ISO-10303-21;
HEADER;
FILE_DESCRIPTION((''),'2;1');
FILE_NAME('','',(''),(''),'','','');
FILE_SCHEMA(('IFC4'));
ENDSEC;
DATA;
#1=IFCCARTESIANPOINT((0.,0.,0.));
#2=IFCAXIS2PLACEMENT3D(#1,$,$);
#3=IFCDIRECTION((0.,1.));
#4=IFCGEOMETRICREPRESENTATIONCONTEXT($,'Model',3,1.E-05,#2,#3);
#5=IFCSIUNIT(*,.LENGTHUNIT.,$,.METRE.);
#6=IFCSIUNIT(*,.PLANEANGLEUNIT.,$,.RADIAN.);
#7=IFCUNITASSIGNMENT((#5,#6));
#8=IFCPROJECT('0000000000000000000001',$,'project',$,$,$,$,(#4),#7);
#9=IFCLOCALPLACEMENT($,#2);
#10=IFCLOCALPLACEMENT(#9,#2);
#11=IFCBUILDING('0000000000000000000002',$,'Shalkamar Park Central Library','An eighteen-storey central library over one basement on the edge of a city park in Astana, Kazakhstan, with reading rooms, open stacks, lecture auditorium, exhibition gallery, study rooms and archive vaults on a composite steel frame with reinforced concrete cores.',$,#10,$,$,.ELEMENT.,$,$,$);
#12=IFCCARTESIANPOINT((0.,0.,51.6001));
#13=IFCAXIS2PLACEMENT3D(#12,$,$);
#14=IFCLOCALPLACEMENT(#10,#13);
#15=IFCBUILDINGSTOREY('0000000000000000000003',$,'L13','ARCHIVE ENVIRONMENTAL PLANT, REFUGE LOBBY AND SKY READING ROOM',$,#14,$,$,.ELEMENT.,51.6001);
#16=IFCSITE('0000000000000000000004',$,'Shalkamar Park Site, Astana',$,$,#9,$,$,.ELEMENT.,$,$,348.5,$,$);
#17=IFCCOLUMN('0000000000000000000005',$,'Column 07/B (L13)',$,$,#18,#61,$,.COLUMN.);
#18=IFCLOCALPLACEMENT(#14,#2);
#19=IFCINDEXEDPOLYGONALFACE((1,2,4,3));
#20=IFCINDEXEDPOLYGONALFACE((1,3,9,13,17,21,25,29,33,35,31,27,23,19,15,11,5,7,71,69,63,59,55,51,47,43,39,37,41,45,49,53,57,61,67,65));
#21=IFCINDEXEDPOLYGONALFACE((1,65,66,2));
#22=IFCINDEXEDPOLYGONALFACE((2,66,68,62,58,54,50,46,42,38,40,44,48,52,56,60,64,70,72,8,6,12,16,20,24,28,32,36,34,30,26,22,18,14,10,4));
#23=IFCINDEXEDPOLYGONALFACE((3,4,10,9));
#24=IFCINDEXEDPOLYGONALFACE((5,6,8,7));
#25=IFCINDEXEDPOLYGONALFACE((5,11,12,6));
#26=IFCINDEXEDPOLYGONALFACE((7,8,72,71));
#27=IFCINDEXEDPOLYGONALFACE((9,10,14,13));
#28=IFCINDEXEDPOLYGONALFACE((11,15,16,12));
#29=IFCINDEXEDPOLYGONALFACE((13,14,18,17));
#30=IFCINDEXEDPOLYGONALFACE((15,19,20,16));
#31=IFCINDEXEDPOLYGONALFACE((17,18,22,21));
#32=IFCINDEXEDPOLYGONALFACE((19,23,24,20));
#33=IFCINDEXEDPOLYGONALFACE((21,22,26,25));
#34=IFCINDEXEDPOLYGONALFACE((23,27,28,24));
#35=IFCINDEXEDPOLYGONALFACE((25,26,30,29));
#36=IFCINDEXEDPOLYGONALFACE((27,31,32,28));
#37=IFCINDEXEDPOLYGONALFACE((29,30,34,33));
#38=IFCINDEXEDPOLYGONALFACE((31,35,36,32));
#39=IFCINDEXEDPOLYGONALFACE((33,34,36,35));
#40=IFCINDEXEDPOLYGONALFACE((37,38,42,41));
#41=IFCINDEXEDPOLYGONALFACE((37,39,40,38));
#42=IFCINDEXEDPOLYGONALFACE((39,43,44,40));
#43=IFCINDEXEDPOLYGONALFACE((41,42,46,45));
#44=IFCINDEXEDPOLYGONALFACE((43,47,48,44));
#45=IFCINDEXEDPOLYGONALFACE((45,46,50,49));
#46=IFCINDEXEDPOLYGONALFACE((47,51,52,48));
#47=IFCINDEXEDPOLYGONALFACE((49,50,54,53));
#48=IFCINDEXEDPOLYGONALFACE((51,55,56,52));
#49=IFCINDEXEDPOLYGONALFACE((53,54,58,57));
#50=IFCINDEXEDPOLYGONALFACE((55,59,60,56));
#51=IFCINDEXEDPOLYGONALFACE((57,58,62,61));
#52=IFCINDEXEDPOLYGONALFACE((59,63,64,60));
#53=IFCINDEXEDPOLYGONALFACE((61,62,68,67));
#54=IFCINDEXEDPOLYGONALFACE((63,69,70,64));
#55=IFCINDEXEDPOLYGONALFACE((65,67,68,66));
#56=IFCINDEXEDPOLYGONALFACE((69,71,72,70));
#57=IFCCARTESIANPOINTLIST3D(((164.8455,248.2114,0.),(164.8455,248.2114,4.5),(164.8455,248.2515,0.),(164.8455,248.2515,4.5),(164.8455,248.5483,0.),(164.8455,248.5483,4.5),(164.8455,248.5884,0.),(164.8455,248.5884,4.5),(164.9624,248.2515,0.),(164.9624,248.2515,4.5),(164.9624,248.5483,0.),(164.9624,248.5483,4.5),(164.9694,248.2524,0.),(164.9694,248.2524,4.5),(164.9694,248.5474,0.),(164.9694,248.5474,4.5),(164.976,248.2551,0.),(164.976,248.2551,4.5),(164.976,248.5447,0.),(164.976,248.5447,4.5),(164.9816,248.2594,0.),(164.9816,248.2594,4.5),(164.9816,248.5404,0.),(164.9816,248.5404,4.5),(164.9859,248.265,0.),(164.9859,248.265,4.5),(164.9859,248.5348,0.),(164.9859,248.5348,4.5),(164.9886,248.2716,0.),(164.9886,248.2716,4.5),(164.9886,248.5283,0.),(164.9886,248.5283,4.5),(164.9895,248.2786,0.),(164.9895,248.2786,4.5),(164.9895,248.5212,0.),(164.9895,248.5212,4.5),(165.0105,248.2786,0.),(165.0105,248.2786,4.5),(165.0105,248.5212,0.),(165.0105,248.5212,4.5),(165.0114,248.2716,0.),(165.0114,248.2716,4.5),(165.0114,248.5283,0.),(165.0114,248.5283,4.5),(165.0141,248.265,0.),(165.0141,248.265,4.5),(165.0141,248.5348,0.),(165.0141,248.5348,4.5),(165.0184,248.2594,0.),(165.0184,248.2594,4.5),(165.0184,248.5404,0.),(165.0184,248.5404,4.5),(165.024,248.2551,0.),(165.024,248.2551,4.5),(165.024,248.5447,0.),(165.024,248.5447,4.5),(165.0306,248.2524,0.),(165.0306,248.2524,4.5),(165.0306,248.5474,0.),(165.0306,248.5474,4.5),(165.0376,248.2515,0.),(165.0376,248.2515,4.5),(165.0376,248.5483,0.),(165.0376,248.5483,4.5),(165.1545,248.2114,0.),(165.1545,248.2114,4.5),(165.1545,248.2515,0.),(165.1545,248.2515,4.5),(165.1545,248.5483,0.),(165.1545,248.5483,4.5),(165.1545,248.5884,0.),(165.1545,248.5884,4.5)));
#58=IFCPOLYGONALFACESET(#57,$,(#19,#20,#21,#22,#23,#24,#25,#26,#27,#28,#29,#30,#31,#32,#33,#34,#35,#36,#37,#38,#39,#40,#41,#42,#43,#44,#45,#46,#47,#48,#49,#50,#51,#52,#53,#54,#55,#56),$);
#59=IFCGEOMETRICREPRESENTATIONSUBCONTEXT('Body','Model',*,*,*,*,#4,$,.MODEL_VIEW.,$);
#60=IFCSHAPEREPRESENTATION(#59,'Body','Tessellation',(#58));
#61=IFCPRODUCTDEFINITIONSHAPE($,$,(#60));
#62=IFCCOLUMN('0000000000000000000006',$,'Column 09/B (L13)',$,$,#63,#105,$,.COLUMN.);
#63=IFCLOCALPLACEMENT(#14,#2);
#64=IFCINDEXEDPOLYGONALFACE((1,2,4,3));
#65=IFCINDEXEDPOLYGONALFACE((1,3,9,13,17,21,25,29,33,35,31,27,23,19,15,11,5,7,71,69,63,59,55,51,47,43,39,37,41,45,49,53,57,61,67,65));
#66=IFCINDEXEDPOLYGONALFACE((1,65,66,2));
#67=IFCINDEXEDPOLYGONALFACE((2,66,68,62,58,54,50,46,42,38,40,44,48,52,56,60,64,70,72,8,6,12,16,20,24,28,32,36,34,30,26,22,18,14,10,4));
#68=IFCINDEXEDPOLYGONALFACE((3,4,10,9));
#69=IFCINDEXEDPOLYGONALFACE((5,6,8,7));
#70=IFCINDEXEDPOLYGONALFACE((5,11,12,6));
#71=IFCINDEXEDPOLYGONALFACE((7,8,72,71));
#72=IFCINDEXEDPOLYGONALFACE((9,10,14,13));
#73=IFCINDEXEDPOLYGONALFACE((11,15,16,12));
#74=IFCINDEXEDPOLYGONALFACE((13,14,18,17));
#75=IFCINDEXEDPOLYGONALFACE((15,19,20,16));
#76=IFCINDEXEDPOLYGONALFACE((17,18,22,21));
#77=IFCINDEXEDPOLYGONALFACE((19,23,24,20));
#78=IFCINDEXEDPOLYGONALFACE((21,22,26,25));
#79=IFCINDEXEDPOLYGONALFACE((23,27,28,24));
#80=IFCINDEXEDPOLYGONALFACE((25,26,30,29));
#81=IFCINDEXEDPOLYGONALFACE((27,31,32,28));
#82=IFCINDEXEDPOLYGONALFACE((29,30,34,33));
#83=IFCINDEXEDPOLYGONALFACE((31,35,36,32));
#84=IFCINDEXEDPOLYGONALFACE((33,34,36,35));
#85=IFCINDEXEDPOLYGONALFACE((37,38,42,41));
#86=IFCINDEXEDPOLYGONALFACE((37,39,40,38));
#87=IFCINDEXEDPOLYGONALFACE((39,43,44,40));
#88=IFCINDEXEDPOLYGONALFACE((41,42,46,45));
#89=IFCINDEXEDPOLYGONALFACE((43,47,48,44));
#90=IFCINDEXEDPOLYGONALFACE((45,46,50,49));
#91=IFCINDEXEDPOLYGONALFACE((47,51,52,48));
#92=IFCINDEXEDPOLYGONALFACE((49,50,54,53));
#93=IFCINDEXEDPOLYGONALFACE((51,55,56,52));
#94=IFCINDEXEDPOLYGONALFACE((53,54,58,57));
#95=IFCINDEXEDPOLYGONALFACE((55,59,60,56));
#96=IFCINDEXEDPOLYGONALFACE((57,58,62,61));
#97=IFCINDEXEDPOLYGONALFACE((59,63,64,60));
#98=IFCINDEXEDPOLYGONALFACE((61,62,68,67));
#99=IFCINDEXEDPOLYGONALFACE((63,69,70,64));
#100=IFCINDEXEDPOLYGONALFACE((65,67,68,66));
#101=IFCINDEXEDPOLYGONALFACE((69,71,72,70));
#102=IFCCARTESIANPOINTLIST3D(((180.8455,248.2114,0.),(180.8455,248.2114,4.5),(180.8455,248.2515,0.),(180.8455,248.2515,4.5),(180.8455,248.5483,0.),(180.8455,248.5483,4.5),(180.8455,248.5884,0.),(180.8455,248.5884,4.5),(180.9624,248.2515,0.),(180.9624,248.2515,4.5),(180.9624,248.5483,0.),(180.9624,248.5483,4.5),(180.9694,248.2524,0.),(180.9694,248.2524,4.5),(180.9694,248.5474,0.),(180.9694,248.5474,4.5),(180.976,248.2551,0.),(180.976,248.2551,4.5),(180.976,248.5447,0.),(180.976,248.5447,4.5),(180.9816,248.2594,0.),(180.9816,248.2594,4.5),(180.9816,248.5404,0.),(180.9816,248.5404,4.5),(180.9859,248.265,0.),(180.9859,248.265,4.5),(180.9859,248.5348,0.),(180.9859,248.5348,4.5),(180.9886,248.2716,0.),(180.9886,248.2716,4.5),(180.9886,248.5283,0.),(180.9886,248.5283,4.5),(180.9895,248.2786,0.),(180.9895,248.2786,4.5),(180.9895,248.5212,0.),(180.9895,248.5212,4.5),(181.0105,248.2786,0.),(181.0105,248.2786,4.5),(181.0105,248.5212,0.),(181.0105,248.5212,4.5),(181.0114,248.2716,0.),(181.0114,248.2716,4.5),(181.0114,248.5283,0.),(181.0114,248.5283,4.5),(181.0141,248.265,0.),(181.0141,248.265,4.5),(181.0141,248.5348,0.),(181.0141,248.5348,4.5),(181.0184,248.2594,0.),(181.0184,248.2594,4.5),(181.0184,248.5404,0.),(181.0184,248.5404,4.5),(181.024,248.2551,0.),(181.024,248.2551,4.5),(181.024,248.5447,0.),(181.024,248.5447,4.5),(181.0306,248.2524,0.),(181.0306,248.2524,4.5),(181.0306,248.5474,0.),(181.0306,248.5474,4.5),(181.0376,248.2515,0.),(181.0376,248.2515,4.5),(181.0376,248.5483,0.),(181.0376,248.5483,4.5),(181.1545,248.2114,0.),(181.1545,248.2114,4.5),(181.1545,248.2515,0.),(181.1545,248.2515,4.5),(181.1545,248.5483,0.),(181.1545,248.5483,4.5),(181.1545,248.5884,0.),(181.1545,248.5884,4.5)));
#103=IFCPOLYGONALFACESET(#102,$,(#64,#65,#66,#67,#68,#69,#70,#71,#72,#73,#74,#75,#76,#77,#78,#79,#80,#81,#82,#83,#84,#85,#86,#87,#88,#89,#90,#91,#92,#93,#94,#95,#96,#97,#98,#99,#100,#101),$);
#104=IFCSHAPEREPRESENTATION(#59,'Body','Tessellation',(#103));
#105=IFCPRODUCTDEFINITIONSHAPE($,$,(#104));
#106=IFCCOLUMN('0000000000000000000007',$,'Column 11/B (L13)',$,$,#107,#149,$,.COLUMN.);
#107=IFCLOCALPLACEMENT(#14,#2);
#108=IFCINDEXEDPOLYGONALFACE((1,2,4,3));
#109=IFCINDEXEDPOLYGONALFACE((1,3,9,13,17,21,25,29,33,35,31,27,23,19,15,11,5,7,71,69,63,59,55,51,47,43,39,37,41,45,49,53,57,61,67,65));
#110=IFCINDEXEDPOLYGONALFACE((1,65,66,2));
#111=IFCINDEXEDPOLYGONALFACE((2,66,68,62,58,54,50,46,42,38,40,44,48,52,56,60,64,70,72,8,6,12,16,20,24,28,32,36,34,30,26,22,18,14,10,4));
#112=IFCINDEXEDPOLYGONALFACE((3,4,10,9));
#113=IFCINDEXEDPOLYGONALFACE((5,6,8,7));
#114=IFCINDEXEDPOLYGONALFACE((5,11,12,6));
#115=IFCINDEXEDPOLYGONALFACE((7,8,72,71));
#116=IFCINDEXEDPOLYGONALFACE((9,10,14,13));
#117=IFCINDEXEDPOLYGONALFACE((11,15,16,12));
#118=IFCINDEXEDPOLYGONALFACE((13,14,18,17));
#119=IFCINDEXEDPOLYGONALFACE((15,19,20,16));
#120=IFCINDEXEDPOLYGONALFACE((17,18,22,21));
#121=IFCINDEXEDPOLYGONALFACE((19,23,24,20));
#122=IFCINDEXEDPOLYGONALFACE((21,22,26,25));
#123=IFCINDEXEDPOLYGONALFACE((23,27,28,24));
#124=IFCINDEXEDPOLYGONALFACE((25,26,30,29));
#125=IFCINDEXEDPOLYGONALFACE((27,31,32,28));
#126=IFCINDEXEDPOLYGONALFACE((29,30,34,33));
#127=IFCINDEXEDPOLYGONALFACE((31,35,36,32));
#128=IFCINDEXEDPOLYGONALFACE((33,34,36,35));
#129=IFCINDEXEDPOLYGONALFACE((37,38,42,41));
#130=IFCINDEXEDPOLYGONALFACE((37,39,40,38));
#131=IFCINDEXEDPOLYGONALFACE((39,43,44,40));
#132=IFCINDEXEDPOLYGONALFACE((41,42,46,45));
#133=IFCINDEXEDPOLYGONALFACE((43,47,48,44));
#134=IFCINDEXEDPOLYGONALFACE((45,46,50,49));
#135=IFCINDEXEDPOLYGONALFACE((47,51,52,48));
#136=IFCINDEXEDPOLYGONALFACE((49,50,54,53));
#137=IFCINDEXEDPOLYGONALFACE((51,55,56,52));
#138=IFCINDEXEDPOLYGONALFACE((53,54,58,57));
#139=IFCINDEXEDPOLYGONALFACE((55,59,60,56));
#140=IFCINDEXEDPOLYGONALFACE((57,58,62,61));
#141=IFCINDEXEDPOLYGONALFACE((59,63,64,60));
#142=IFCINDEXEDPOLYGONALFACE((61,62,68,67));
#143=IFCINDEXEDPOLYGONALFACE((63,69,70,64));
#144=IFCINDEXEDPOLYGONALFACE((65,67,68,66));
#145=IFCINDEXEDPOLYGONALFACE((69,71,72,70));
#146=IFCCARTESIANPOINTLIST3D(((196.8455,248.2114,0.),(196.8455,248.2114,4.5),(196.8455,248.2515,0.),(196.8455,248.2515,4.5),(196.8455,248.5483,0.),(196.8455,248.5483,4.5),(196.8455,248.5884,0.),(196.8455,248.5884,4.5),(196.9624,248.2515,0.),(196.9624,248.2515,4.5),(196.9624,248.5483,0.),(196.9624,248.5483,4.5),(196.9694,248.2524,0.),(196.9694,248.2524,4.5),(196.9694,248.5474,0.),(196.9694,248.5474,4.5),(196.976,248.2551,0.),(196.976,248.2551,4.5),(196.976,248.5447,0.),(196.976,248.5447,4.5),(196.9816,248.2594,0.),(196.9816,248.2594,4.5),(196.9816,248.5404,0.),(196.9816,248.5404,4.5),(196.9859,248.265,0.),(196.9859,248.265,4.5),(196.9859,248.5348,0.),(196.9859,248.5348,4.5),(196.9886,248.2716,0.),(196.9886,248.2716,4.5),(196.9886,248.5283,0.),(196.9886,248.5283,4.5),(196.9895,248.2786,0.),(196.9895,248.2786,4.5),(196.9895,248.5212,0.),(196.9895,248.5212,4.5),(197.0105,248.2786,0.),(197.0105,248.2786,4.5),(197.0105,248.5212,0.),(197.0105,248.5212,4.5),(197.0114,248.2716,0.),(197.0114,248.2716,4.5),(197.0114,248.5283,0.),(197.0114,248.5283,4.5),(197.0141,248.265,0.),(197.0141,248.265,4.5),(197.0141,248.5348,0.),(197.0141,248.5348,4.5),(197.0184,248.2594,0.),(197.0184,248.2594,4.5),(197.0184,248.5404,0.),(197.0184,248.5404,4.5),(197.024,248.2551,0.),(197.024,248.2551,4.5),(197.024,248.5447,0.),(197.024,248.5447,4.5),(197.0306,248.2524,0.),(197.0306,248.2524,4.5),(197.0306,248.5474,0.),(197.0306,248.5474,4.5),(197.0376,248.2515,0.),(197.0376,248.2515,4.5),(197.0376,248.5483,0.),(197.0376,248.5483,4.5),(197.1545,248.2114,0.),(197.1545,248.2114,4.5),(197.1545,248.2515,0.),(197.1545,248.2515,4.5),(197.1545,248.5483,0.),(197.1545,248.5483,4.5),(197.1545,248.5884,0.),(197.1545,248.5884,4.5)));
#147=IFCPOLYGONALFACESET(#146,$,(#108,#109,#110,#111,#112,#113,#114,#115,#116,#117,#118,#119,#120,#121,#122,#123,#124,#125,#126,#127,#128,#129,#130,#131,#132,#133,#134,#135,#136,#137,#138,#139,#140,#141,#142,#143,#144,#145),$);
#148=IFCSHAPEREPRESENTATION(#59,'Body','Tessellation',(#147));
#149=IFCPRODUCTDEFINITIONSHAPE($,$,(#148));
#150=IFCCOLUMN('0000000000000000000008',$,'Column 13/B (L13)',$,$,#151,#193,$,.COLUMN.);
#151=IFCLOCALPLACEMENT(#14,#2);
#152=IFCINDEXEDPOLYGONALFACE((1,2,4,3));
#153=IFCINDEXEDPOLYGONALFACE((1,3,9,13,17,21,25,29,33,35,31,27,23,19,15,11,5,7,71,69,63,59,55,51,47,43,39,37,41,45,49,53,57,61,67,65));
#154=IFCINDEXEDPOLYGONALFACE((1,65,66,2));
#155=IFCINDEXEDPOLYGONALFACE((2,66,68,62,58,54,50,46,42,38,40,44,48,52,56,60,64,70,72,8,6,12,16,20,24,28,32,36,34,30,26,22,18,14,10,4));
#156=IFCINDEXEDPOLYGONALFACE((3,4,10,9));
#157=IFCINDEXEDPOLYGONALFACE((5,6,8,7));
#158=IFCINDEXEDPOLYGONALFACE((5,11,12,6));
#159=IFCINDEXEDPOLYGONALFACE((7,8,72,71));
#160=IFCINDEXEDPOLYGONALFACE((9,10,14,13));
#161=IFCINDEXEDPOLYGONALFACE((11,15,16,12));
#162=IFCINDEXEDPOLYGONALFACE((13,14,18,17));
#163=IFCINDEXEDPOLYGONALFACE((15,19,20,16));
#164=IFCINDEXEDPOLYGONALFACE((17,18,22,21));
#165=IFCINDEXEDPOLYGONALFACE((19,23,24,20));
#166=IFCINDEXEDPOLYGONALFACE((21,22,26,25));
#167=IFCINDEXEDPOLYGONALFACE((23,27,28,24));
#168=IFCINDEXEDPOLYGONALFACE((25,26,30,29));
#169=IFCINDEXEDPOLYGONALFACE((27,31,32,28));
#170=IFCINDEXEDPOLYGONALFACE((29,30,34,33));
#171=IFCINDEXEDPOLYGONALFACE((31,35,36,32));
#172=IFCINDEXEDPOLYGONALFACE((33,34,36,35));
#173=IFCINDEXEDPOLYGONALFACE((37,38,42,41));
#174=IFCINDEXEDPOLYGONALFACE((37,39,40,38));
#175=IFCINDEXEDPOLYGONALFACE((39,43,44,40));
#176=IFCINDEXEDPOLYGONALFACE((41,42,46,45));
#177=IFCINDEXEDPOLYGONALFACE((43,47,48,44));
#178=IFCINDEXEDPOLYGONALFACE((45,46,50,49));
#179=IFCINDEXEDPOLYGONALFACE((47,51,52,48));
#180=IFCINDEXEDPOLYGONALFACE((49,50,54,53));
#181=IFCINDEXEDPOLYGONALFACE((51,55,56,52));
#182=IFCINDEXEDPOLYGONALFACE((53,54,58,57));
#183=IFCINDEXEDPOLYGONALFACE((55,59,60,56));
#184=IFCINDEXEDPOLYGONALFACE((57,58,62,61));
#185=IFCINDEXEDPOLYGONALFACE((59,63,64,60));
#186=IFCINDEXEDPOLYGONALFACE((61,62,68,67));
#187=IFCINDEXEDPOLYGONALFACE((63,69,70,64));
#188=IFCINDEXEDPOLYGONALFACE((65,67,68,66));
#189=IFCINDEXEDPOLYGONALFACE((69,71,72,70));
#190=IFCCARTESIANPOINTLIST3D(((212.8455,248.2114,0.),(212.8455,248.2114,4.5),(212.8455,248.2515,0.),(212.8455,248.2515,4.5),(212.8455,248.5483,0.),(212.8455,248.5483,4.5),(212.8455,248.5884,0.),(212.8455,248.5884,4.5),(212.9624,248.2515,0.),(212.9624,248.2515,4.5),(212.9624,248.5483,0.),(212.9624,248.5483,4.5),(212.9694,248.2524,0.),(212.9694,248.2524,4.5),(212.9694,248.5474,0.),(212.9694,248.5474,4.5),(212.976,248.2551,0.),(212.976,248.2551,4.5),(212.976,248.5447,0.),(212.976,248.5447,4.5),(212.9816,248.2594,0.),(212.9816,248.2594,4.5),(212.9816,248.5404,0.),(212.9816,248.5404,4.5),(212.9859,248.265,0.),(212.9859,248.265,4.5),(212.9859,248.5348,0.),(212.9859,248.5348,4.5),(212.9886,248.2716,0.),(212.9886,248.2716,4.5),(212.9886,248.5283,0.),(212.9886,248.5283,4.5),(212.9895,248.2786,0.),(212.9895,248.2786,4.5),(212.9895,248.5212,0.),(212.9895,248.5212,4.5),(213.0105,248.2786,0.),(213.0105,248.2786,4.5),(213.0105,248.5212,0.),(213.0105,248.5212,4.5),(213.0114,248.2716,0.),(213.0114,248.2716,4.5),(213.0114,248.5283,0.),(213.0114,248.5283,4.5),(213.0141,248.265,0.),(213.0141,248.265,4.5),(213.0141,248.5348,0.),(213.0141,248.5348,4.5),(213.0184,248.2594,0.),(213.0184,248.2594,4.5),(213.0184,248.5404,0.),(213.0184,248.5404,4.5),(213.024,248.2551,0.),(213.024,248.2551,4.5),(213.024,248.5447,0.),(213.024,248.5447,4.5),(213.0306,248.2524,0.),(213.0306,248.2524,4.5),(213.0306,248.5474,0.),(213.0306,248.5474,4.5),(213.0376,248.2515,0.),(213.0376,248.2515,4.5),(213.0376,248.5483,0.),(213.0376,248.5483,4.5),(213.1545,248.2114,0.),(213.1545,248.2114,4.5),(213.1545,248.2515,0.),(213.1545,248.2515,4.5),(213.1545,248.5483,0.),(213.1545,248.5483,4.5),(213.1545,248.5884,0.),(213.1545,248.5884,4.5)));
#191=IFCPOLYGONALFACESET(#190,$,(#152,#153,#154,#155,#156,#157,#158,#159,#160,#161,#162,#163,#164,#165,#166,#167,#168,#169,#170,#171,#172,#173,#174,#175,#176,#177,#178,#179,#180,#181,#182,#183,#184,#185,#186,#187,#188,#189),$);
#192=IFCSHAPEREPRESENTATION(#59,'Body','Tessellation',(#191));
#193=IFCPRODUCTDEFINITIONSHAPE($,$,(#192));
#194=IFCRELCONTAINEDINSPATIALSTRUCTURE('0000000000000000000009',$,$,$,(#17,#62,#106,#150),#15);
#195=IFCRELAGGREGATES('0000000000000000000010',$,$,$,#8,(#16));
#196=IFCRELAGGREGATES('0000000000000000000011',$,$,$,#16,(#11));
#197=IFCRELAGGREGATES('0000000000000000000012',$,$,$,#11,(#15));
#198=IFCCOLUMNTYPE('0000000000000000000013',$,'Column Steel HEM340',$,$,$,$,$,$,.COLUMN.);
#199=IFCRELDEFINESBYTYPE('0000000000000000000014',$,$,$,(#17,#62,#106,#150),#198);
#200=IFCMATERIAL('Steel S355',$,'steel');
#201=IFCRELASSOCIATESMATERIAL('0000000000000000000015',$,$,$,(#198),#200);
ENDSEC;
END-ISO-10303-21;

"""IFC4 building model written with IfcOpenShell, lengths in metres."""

from ifc_helpers import new_model, si_unit, direction, frame, origin, origin_2d, place, context, subcontext, project, spatial, i_section, extrude, material, material_profile, profile_set, type_object, element, save


model = new_model("IFC4")

# Units and contexts
model_context = context("Model", 3, precision=1e-05, world=origin(), true_north=direction((0.0, 1.0)))
body_context = subcontext(model_context, "Body", "Model", "MODEL_VIEW")
ifc_project = project(units=[si_unit("LENGTHUNIT", "METRE"), si_unit("PLANEANGLEUNIT", "RADIAN")], contexts=[model_context])

# Site, building, storey
site_placement = place(None, origin())
site = spatial("IfcSite", under=ifc_project, at=site_placement, Name="Shalkamar Park Site, Astana", CompositionType="ELEMENT", RefElevation=348.5)
building_placement = place(site_placement, origin())
building = spatial("IfcBuilding", under=site, at=building_placement, Name="Shalkamar Park Central Library", Description="An eighteen-storey central library over one basement on the edge of a city park in Astana, Kazakhstan, with reading rooms, open stacks, lecture auditorium, exhibition gallery, study rooms and archive vaults on a composite steel frame with reinforced concrete cores.", CompositionType="ELEMENT")
storey_placement = place(building_placement, frame((0.0, 0.0, 51.6001)))
storey = spatial("IfcBuildingStorey", under=building, at=storey_placement, Name="L13", Description="ARCHIVE ENVIRONMENTAL PLANT, REFUGE LOBBY AND SKY READING ROOM", CompositionType="ELEMENT", Elevation=51.6001)

# Columns
ifc_material_1 = material(Name="Steel S355", Category="steel")
ifc_material_profile_1 = material_profile(ifc_material_1, i_section(OverallWidth=0.3091, OverallDepth=0.377, WebThickness=0.021, FlangeThickness=0.04, FilletRadius=0.0271, at=origin_2d()), Name="HEM 340")
ifc_profile_set_1 = profile_set([ifc_material_profile_1], Name="Steel S355")
column_type_1 = type_object("IfcColumnType", Name="Column Steel HEM340", PredefinedType="COLUMN", material=ifc_profile_set_1)
for number, where, z_axis, x_axis, name in (
    (1, (165.0, 248.3999, 0.0), (0.0, 0.0, 1.0), (1.0, 0.0, 0.0), "Column 07/B (L13)"),
    (2, (181.0, 248.3999, 0.0), (0.0, 0.0, 1.0), (1.0, 0.0, 0.0), "Column 09/B (L13)"),
    (3, (197.0, 248.3999, 0.0), (0.0, 0.0, 1.0), (1.0, 0.0, 0.0), "Column 11/B (L13)"),
    (4, (213.0, 248.3999, 0.0), (0.0, 0.0, 1.0), (1.0, 0.0, 0.0), "Column 13/B (L13)"),
):
    element("IfcColumn", number, at=place(storey_placement, frame(where, z_axis=z_axis, x_axis=x_axis)), inside=storey, type_object=column_type_1, Name=name, PredefinedType="COLUMN", context=body_context, shape_type="SweptSolid", body=[
        extrude(i_section(OverallWidth=0.3091, OverallDepth=0.377, WebThickness=0.021, FlangeThickness=0.04, FilletRadius=0.0271, at=origin_2d()), origin(), (0.0, 0.0, 1.0), 4.5),
    ])

save(model, "model.ifc")
